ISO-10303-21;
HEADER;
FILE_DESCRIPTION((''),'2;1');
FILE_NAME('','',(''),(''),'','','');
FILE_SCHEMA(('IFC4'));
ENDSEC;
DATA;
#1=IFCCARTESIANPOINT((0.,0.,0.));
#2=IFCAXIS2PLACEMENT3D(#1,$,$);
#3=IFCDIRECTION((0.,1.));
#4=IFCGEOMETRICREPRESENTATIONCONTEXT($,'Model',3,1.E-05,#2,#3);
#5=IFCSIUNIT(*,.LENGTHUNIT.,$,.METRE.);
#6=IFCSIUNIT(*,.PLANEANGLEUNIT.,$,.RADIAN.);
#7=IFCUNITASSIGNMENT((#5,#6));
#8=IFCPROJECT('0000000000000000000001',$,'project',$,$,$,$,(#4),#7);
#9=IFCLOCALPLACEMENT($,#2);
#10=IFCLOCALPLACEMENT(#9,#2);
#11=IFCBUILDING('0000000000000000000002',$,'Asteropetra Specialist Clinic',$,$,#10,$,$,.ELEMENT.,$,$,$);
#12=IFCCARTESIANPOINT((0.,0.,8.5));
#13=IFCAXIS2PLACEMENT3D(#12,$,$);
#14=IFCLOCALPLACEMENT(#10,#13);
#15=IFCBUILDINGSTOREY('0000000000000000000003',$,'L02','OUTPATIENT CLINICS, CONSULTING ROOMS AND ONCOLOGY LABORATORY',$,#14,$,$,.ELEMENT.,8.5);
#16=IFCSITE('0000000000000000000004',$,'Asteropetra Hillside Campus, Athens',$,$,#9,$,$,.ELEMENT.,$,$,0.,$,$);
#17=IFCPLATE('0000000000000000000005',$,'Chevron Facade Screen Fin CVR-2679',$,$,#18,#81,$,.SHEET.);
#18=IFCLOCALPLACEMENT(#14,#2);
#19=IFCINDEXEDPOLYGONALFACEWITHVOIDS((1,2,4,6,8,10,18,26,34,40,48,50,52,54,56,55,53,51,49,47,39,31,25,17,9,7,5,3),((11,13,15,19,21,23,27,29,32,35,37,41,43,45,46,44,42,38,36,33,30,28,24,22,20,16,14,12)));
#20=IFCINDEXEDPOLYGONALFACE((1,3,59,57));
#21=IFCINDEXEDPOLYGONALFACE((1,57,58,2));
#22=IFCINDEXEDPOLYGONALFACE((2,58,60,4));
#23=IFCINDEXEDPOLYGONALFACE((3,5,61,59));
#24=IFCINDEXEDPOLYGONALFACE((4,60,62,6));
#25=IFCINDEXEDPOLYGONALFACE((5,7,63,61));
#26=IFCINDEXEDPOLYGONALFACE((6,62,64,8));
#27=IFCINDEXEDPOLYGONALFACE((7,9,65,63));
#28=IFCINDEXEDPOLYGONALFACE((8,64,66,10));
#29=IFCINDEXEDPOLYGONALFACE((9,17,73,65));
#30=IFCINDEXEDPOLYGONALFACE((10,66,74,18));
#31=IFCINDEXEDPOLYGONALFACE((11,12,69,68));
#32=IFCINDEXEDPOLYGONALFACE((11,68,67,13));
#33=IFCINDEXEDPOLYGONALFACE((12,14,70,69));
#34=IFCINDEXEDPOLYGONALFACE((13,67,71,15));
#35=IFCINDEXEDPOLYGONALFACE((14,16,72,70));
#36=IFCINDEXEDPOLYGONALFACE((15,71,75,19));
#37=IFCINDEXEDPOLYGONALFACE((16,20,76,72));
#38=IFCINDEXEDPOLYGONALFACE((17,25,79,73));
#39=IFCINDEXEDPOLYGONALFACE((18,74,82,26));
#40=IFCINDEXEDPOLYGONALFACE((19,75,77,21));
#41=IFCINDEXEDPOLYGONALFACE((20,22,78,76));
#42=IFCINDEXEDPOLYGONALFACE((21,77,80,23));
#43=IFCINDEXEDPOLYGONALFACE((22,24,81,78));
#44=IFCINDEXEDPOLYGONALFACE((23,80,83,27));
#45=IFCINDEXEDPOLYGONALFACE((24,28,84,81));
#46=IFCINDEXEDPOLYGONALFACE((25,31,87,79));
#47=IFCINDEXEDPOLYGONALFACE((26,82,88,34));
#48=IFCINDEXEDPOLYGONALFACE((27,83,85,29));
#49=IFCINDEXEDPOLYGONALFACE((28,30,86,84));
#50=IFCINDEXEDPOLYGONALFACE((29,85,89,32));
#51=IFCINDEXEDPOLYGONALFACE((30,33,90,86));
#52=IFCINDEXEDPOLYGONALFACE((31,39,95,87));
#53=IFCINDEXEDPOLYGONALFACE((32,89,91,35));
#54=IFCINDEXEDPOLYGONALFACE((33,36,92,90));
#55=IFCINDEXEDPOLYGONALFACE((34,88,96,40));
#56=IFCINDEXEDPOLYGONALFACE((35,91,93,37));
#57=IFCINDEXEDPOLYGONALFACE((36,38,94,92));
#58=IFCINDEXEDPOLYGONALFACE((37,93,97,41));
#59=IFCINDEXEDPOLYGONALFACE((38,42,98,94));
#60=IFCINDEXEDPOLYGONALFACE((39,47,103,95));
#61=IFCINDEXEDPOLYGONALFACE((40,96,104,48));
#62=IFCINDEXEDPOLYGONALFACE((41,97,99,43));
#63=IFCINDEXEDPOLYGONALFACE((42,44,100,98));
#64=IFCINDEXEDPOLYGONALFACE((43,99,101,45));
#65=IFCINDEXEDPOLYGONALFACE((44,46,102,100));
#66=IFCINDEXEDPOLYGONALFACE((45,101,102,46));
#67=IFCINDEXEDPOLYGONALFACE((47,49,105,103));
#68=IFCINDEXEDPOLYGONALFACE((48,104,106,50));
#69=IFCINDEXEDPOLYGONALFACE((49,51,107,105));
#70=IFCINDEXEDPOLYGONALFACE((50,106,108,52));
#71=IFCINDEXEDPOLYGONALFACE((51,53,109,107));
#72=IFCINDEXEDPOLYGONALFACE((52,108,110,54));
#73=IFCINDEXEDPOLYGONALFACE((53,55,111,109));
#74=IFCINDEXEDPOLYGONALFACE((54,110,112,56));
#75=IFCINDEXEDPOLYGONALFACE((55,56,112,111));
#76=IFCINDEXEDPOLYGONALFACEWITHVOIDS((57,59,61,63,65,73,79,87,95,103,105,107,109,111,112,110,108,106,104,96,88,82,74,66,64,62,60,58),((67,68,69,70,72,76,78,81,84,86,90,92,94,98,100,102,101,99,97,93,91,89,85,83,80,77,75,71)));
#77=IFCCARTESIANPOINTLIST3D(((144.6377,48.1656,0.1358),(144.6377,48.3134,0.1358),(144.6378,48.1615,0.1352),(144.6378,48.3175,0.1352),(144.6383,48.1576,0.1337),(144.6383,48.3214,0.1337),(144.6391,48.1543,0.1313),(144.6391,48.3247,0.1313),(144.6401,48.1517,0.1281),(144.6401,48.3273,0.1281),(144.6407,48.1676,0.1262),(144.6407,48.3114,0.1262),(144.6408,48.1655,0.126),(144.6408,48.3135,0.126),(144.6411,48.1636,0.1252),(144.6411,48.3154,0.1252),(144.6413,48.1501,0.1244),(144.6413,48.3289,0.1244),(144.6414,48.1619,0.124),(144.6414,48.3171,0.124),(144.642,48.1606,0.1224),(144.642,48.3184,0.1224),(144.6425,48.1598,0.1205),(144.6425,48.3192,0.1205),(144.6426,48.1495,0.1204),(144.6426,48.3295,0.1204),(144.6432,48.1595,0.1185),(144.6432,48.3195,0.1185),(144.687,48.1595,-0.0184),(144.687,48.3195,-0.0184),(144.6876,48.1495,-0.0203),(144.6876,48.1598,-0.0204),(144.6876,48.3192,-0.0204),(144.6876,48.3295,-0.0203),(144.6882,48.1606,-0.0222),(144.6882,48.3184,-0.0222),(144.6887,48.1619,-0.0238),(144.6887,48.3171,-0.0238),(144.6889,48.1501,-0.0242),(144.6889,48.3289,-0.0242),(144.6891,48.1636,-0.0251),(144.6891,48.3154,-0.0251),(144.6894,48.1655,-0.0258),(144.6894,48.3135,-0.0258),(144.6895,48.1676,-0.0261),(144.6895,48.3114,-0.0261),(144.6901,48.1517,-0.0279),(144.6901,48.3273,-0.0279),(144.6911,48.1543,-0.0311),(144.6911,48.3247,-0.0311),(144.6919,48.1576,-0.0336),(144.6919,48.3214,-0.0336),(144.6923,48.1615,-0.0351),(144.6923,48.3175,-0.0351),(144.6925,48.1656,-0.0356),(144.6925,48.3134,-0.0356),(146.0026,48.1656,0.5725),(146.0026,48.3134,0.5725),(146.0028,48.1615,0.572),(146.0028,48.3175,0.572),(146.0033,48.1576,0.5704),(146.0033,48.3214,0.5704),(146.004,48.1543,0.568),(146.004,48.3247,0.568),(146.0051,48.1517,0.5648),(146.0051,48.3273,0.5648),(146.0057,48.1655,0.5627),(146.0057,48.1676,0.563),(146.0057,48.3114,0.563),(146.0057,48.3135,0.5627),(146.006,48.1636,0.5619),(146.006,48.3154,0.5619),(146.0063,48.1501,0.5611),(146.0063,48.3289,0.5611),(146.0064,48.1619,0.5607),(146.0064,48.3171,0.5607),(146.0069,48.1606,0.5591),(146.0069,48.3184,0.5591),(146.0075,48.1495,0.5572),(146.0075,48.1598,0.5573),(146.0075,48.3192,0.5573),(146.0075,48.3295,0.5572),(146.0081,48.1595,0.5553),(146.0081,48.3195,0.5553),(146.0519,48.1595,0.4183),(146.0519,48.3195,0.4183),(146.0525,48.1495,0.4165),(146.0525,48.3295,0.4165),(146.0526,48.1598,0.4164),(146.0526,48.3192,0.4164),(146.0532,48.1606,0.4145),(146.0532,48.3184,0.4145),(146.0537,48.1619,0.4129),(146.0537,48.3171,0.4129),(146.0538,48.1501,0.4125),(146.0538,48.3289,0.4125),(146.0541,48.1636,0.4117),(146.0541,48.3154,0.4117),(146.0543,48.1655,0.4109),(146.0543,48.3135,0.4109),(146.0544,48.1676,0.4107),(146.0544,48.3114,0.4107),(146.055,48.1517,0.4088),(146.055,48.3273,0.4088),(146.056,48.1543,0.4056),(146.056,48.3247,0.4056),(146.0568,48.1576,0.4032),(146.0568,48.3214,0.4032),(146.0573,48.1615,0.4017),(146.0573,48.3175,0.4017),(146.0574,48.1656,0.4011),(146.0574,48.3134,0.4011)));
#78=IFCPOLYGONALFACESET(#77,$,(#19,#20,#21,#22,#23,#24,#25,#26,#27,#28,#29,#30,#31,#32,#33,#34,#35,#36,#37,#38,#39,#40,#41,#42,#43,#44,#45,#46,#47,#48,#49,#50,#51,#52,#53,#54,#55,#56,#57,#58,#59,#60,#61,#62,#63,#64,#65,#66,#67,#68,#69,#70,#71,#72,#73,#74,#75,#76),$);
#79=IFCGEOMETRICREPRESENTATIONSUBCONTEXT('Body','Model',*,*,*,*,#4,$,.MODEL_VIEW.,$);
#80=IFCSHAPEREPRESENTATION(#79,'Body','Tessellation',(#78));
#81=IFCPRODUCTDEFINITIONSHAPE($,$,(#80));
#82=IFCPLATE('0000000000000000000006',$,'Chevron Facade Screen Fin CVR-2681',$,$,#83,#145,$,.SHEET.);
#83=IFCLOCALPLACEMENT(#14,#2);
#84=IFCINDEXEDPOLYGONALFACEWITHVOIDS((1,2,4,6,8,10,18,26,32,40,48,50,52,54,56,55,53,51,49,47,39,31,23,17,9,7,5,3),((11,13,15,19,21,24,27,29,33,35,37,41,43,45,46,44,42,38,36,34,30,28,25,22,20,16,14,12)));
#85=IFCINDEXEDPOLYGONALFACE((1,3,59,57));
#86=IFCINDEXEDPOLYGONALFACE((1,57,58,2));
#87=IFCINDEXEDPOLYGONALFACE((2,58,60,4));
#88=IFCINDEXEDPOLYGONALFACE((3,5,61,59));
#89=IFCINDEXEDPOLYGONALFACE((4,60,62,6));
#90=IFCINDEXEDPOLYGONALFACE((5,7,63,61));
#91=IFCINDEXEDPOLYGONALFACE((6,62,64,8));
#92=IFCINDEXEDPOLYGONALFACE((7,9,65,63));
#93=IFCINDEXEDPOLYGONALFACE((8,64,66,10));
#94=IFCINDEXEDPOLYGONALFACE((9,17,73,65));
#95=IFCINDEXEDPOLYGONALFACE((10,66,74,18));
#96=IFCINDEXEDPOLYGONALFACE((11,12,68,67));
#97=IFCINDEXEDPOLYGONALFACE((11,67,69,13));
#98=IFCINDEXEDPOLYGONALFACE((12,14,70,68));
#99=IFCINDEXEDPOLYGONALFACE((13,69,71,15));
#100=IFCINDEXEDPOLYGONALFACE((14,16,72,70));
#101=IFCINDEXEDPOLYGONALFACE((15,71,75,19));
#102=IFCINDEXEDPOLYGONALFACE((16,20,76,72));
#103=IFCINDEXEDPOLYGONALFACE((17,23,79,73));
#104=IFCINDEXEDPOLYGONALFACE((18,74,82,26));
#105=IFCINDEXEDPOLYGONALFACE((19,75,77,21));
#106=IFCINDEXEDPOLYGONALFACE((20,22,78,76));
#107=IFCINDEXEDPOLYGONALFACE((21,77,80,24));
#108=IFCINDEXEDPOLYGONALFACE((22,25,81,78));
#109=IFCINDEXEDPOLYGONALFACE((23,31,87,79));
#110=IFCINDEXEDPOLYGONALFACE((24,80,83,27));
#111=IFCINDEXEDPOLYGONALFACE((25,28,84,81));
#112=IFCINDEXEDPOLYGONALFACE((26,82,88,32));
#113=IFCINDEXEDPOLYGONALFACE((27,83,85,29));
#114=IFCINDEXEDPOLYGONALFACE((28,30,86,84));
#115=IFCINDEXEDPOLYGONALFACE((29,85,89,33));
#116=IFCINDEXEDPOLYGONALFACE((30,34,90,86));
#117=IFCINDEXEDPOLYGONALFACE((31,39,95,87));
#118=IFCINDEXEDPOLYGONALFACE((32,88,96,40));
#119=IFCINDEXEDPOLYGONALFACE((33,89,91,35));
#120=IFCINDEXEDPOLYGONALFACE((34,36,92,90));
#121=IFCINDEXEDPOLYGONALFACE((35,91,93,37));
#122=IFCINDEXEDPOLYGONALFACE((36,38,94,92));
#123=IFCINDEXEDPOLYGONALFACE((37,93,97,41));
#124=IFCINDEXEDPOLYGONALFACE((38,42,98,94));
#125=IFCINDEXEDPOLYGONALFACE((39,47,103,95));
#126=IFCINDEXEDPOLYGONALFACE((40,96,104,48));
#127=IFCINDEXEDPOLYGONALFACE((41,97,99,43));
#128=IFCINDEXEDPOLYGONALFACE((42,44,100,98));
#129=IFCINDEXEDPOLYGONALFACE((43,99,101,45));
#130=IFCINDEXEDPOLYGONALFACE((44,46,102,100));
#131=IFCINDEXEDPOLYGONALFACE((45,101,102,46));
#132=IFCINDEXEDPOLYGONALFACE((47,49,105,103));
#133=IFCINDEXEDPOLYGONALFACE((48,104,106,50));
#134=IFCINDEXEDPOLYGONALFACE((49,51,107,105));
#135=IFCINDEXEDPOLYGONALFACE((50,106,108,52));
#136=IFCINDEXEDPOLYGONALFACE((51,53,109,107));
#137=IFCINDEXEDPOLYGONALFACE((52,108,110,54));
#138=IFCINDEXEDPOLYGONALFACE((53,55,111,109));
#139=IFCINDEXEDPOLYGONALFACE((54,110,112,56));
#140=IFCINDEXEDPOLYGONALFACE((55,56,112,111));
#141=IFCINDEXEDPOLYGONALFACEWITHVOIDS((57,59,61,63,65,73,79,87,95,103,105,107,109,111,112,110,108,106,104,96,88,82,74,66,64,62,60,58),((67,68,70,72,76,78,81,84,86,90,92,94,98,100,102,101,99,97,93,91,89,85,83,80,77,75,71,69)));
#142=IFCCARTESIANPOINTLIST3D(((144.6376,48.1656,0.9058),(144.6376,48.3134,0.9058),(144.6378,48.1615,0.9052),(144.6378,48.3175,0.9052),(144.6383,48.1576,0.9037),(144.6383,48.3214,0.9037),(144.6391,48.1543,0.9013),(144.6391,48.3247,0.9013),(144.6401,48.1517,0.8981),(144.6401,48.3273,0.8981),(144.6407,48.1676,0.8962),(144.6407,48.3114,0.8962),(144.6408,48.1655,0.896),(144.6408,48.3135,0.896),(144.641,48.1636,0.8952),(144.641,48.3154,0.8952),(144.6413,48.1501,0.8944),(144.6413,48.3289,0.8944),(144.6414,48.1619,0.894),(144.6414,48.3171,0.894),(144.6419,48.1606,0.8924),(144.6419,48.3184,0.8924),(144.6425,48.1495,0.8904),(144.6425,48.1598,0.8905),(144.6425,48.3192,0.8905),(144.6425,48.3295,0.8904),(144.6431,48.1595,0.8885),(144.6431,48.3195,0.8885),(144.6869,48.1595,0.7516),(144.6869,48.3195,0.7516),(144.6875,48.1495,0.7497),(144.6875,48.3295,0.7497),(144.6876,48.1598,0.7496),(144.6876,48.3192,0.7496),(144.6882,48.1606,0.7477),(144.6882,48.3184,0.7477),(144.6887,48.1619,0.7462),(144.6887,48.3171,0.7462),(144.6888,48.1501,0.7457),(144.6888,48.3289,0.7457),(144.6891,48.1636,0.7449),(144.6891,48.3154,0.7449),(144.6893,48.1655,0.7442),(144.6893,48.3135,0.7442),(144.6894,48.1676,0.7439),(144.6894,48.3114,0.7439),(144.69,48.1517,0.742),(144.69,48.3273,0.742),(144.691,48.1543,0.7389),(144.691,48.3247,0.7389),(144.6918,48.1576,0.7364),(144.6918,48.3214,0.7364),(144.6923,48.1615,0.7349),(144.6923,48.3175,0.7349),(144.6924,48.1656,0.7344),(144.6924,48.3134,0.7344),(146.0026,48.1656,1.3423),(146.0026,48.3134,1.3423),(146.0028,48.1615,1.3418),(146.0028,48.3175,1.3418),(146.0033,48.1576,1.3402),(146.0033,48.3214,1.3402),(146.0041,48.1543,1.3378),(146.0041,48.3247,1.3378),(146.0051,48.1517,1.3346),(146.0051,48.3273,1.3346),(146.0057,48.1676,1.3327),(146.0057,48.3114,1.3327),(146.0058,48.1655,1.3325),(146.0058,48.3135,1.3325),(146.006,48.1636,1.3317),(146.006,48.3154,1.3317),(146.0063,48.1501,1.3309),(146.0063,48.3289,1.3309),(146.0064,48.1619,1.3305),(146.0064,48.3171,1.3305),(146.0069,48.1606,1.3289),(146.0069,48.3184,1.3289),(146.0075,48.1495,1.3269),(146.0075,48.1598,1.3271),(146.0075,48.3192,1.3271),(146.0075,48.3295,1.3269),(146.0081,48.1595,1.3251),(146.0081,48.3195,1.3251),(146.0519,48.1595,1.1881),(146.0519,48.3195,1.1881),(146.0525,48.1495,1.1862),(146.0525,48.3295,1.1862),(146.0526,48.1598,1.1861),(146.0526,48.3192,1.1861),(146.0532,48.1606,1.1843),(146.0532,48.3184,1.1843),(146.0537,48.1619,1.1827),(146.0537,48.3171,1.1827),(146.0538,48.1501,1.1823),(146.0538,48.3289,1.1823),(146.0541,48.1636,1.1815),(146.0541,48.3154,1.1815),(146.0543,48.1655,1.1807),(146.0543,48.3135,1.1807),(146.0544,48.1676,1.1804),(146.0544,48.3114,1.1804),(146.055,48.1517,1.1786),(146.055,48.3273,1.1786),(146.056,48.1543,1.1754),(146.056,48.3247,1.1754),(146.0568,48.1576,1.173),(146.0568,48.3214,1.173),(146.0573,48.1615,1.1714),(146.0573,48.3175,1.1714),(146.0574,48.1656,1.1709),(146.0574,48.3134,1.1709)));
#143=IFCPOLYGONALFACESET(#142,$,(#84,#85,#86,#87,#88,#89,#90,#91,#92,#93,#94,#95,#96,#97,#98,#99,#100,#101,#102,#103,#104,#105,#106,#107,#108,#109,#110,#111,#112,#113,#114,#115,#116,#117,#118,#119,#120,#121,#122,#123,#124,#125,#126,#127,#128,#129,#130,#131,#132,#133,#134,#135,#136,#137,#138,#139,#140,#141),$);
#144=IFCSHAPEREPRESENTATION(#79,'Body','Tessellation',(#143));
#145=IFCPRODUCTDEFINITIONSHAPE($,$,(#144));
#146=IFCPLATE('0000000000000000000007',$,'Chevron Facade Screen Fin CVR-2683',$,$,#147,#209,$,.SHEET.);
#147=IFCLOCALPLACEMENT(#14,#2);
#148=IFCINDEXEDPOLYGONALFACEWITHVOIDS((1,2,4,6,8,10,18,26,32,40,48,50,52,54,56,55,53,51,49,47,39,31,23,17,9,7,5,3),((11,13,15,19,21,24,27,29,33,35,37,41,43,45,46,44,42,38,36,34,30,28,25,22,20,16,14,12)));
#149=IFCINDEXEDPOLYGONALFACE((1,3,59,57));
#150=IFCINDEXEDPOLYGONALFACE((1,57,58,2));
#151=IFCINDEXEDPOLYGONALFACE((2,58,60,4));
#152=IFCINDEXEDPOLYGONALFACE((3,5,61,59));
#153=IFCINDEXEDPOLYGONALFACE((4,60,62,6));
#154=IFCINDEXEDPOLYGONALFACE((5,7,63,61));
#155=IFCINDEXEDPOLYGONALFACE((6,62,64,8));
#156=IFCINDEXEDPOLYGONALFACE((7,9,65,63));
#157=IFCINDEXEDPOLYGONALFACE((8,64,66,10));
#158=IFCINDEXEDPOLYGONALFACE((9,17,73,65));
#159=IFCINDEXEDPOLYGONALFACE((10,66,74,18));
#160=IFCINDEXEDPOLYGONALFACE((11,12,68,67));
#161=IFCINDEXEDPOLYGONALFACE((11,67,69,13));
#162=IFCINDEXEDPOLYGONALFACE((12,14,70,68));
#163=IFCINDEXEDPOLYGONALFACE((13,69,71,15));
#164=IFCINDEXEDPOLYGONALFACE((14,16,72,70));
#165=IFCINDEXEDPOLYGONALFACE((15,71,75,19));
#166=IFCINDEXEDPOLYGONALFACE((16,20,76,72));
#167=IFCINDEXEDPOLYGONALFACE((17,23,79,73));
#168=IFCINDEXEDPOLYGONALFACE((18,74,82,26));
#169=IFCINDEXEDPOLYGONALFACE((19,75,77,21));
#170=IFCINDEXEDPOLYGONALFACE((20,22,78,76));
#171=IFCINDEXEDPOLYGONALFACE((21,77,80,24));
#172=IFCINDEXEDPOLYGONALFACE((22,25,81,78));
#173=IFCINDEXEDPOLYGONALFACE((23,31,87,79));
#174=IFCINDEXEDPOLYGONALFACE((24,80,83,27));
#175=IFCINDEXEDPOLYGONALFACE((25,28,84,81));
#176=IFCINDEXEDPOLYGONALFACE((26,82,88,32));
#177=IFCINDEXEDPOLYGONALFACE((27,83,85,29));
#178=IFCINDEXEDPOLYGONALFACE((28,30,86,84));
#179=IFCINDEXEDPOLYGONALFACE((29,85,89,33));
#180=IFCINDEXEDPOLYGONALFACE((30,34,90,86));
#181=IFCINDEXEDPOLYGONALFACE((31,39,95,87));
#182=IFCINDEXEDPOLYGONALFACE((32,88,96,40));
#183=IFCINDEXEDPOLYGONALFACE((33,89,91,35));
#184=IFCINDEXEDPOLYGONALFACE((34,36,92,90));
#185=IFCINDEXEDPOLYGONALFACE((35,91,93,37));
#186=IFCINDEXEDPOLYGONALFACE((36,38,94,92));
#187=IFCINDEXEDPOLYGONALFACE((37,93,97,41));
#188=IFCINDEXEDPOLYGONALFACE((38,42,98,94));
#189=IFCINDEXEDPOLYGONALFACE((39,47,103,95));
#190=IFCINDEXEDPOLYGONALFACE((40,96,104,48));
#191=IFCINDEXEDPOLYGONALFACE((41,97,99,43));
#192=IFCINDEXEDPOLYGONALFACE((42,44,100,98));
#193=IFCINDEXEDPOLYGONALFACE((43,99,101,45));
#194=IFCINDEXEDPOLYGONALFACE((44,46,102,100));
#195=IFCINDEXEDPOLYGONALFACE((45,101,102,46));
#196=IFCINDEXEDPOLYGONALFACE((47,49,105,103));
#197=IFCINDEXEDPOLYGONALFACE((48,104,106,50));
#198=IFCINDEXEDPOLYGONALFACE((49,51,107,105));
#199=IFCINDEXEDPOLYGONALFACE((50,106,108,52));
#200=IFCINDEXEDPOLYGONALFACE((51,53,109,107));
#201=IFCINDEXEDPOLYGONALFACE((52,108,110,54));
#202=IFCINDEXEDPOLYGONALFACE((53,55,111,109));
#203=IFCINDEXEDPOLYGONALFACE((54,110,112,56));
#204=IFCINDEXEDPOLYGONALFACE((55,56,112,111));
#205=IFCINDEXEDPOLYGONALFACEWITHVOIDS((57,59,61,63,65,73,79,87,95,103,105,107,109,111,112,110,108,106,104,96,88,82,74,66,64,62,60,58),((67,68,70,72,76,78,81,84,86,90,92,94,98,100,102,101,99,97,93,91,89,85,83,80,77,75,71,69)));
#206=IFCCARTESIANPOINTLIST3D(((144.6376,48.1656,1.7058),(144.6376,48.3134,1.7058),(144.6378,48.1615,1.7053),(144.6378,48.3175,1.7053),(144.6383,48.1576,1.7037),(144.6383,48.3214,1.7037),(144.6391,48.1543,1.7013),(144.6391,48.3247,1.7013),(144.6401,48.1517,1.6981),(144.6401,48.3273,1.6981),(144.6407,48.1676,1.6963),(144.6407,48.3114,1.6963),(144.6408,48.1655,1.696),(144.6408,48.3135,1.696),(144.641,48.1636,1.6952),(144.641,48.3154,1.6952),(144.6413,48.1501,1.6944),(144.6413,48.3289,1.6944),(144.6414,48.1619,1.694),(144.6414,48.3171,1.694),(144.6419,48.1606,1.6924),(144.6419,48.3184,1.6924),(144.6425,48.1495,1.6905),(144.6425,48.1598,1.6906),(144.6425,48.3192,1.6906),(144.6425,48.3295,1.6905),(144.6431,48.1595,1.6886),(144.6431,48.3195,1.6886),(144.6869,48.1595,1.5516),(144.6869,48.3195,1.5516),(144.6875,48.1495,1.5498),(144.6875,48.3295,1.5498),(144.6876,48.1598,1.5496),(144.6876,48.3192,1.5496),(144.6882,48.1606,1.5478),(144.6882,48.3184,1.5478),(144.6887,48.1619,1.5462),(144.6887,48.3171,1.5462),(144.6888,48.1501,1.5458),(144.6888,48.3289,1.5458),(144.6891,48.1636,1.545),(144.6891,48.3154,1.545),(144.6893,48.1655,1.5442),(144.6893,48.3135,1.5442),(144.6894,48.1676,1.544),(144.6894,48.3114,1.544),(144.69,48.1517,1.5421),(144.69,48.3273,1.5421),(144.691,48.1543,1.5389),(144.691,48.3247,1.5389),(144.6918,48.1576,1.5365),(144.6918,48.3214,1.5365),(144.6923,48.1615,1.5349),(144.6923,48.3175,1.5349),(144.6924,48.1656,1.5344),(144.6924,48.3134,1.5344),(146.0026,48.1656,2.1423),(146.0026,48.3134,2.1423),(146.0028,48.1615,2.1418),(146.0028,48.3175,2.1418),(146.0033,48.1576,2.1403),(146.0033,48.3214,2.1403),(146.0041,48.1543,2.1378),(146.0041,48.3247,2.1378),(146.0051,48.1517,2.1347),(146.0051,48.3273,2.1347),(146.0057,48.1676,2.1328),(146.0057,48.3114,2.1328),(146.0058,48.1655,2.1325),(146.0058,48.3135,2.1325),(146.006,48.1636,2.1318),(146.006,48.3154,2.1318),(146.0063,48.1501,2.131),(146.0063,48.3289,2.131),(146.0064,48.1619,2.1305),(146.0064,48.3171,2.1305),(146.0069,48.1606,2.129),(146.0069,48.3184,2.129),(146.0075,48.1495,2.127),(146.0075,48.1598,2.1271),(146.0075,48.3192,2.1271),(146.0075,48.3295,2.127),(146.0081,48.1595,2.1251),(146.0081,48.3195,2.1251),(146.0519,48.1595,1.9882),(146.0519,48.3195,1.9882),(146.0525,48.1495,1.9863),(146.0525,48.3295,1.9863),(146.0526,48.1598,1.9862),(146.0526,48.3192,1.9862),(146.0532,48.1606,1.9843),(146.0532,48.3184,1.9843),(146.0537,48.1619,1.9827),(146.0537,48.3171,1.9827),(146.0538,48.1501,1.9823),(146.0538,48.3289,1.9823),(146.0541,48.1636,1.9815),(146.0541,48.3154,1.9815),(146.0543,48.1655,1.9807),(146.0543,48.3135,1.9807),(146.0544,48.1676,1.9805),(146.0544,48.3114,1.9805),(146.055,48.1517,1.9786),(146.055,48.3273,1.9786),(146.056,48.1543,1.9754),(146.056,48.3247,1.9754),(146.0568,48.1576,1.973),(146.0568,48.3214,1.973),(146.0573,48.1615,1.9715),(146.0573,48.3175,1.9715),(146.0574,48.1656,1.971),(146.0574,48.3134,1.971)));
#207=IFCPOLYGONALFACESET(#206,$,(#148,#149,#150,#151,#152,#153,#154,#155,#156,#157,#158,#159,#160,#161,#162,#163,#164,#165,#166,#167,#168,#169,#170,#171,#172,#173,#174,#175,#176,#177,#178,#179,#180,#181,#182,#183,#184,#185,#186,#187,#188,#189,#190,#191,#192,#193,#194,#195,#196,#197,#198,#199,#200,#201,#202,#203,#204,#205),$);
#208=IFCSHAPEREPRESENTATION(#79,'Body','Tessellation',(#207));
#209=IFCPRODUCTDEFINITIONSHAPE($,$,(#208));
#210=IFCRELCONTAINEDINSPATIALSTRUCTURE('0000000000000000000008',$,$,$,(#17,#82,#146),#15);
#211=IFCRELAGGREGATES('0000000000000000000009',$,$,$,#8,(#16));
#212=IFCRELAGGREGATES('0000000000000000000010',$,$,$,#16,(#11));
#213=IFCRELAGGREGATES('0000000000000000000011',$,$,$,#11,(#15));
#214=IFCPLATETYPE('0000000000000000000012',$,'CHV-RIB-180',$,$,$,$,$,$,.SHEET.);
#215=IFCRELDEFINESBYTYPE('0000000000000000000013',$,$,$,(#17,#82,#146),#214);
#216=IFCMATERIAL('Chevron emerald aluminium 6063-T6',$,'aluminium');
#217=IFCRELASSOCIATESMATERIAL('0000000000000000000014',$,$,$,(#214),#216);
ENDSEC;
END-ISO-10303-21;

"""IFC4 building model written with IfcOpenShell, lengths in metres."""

from ifc_helpers import new_model, si_unit, direction, frame, origin, origin_2d, place, context, subcontext, project, spatial, hollow_rectangle, extrude, material, material_profile, profile_set, type_object, element, save


model = new_model("IFC4")

# Units and contexts
model_context = context("Model", 3, precision=1e-05, world=origin(), true_north=direction((0.0, 1.0)))
body_context = subcontext(model_context, "Body", "Model", "MODEL_VIEW")
ifc_project = project(units=[si_unit("LENGTHUNIT", "METRE"), si_unit("PLANEANGLEUNIT", "RADIAN")], contexts=[model_context])

# Site, building, storey
site_placement = place(None, origin())
site = spatial("IfcSite", under=ifc_project, at=site_placement, Name="Asteropetra Hillside Campus, Athens", CompositionType="ELEMENT", RefElevation=0.0)
building_placement = place(site_placement, origin())
building = spatial("IfcBuilding", under=site, at=building_placement, Name="Asteropetra Specialist Clinic", CompositionType="ELEMENT")
storey_placement = place(building_placement, frame((0.0, 0.0, 8.5)))
storey = spatial("IfcBuildingStorey", under=building, at=storey_placement, Name="L02", Description="OUTPATIENT CLINICS, CONSULTING ROOMS AND ONCOLOGY LABORATORY", CompositionType="ELEMENT", Elevation=8.5)

# Plates
ifc_material_1 = material(Name="Chevron emerald aluminium 6063-T6", Category="aluminium")
ifc_material_profile_1 = material_profile(ifc_material_1, hollow_rectangle(XDim=0.1799, YDim=0.1799, WallThickness=0.01, InnerFilletRadius=0.0081, OuterFilletRadius=0.0161, at=origin_2d()), Name="SHS 180x180x10.0")
ifc_profile_set_1 = profile_set([ifc_material_profile_1], Name="Chevron emerald aluminium 6063-T6")
plate_type = type_object("IfcPlateType", Name="CHV-RIB-180", PredefinedType="SHEET", material=ifc_profile_set_1)
for number, where, z_axis, x_axis, name in (
    (1, (146.03, 48.2395, 0.4868), (-0.95243, 0.0, -0.304757), (0.0, -1.0, 0.0), "Chevron Facade Screen Fin CVR-2679"),
    (2, (146.03, 48.2395, 1.2566), (-0.95248, 0.0, -0.304603), (0.0, -1.0, 0.0), "Chevron Facade Screen Fin CVR-2681"),
    (3, (146.03, 48.2395, 2.0566), (-0.95248, 0.0, -0.304603), (0.0, -1.0, 0.0), "Chevron Facade Screen Fin CVR-2683"),
):
    element("IfcPlate", number, at=place(storey_placement, frame(where, z_axis=z_axis, x_axis=x_axis)), inside=storey, type_object=plate_type, Name=name, PredefinedType="SHEET", context=body_context, shape_type="SweptSolid", body=[
        extrude(hollow_rectangle(XDim=0.1799, YDim=0.1799, WallThickness=0.01, InnerFilletRadius=0.0081, OuterFilletRadius=0.0161, at=origin_2d()), origin(), (0.0, 0.0, 1.0), 1.4331),
    ])

save(model, "model.ifc")
